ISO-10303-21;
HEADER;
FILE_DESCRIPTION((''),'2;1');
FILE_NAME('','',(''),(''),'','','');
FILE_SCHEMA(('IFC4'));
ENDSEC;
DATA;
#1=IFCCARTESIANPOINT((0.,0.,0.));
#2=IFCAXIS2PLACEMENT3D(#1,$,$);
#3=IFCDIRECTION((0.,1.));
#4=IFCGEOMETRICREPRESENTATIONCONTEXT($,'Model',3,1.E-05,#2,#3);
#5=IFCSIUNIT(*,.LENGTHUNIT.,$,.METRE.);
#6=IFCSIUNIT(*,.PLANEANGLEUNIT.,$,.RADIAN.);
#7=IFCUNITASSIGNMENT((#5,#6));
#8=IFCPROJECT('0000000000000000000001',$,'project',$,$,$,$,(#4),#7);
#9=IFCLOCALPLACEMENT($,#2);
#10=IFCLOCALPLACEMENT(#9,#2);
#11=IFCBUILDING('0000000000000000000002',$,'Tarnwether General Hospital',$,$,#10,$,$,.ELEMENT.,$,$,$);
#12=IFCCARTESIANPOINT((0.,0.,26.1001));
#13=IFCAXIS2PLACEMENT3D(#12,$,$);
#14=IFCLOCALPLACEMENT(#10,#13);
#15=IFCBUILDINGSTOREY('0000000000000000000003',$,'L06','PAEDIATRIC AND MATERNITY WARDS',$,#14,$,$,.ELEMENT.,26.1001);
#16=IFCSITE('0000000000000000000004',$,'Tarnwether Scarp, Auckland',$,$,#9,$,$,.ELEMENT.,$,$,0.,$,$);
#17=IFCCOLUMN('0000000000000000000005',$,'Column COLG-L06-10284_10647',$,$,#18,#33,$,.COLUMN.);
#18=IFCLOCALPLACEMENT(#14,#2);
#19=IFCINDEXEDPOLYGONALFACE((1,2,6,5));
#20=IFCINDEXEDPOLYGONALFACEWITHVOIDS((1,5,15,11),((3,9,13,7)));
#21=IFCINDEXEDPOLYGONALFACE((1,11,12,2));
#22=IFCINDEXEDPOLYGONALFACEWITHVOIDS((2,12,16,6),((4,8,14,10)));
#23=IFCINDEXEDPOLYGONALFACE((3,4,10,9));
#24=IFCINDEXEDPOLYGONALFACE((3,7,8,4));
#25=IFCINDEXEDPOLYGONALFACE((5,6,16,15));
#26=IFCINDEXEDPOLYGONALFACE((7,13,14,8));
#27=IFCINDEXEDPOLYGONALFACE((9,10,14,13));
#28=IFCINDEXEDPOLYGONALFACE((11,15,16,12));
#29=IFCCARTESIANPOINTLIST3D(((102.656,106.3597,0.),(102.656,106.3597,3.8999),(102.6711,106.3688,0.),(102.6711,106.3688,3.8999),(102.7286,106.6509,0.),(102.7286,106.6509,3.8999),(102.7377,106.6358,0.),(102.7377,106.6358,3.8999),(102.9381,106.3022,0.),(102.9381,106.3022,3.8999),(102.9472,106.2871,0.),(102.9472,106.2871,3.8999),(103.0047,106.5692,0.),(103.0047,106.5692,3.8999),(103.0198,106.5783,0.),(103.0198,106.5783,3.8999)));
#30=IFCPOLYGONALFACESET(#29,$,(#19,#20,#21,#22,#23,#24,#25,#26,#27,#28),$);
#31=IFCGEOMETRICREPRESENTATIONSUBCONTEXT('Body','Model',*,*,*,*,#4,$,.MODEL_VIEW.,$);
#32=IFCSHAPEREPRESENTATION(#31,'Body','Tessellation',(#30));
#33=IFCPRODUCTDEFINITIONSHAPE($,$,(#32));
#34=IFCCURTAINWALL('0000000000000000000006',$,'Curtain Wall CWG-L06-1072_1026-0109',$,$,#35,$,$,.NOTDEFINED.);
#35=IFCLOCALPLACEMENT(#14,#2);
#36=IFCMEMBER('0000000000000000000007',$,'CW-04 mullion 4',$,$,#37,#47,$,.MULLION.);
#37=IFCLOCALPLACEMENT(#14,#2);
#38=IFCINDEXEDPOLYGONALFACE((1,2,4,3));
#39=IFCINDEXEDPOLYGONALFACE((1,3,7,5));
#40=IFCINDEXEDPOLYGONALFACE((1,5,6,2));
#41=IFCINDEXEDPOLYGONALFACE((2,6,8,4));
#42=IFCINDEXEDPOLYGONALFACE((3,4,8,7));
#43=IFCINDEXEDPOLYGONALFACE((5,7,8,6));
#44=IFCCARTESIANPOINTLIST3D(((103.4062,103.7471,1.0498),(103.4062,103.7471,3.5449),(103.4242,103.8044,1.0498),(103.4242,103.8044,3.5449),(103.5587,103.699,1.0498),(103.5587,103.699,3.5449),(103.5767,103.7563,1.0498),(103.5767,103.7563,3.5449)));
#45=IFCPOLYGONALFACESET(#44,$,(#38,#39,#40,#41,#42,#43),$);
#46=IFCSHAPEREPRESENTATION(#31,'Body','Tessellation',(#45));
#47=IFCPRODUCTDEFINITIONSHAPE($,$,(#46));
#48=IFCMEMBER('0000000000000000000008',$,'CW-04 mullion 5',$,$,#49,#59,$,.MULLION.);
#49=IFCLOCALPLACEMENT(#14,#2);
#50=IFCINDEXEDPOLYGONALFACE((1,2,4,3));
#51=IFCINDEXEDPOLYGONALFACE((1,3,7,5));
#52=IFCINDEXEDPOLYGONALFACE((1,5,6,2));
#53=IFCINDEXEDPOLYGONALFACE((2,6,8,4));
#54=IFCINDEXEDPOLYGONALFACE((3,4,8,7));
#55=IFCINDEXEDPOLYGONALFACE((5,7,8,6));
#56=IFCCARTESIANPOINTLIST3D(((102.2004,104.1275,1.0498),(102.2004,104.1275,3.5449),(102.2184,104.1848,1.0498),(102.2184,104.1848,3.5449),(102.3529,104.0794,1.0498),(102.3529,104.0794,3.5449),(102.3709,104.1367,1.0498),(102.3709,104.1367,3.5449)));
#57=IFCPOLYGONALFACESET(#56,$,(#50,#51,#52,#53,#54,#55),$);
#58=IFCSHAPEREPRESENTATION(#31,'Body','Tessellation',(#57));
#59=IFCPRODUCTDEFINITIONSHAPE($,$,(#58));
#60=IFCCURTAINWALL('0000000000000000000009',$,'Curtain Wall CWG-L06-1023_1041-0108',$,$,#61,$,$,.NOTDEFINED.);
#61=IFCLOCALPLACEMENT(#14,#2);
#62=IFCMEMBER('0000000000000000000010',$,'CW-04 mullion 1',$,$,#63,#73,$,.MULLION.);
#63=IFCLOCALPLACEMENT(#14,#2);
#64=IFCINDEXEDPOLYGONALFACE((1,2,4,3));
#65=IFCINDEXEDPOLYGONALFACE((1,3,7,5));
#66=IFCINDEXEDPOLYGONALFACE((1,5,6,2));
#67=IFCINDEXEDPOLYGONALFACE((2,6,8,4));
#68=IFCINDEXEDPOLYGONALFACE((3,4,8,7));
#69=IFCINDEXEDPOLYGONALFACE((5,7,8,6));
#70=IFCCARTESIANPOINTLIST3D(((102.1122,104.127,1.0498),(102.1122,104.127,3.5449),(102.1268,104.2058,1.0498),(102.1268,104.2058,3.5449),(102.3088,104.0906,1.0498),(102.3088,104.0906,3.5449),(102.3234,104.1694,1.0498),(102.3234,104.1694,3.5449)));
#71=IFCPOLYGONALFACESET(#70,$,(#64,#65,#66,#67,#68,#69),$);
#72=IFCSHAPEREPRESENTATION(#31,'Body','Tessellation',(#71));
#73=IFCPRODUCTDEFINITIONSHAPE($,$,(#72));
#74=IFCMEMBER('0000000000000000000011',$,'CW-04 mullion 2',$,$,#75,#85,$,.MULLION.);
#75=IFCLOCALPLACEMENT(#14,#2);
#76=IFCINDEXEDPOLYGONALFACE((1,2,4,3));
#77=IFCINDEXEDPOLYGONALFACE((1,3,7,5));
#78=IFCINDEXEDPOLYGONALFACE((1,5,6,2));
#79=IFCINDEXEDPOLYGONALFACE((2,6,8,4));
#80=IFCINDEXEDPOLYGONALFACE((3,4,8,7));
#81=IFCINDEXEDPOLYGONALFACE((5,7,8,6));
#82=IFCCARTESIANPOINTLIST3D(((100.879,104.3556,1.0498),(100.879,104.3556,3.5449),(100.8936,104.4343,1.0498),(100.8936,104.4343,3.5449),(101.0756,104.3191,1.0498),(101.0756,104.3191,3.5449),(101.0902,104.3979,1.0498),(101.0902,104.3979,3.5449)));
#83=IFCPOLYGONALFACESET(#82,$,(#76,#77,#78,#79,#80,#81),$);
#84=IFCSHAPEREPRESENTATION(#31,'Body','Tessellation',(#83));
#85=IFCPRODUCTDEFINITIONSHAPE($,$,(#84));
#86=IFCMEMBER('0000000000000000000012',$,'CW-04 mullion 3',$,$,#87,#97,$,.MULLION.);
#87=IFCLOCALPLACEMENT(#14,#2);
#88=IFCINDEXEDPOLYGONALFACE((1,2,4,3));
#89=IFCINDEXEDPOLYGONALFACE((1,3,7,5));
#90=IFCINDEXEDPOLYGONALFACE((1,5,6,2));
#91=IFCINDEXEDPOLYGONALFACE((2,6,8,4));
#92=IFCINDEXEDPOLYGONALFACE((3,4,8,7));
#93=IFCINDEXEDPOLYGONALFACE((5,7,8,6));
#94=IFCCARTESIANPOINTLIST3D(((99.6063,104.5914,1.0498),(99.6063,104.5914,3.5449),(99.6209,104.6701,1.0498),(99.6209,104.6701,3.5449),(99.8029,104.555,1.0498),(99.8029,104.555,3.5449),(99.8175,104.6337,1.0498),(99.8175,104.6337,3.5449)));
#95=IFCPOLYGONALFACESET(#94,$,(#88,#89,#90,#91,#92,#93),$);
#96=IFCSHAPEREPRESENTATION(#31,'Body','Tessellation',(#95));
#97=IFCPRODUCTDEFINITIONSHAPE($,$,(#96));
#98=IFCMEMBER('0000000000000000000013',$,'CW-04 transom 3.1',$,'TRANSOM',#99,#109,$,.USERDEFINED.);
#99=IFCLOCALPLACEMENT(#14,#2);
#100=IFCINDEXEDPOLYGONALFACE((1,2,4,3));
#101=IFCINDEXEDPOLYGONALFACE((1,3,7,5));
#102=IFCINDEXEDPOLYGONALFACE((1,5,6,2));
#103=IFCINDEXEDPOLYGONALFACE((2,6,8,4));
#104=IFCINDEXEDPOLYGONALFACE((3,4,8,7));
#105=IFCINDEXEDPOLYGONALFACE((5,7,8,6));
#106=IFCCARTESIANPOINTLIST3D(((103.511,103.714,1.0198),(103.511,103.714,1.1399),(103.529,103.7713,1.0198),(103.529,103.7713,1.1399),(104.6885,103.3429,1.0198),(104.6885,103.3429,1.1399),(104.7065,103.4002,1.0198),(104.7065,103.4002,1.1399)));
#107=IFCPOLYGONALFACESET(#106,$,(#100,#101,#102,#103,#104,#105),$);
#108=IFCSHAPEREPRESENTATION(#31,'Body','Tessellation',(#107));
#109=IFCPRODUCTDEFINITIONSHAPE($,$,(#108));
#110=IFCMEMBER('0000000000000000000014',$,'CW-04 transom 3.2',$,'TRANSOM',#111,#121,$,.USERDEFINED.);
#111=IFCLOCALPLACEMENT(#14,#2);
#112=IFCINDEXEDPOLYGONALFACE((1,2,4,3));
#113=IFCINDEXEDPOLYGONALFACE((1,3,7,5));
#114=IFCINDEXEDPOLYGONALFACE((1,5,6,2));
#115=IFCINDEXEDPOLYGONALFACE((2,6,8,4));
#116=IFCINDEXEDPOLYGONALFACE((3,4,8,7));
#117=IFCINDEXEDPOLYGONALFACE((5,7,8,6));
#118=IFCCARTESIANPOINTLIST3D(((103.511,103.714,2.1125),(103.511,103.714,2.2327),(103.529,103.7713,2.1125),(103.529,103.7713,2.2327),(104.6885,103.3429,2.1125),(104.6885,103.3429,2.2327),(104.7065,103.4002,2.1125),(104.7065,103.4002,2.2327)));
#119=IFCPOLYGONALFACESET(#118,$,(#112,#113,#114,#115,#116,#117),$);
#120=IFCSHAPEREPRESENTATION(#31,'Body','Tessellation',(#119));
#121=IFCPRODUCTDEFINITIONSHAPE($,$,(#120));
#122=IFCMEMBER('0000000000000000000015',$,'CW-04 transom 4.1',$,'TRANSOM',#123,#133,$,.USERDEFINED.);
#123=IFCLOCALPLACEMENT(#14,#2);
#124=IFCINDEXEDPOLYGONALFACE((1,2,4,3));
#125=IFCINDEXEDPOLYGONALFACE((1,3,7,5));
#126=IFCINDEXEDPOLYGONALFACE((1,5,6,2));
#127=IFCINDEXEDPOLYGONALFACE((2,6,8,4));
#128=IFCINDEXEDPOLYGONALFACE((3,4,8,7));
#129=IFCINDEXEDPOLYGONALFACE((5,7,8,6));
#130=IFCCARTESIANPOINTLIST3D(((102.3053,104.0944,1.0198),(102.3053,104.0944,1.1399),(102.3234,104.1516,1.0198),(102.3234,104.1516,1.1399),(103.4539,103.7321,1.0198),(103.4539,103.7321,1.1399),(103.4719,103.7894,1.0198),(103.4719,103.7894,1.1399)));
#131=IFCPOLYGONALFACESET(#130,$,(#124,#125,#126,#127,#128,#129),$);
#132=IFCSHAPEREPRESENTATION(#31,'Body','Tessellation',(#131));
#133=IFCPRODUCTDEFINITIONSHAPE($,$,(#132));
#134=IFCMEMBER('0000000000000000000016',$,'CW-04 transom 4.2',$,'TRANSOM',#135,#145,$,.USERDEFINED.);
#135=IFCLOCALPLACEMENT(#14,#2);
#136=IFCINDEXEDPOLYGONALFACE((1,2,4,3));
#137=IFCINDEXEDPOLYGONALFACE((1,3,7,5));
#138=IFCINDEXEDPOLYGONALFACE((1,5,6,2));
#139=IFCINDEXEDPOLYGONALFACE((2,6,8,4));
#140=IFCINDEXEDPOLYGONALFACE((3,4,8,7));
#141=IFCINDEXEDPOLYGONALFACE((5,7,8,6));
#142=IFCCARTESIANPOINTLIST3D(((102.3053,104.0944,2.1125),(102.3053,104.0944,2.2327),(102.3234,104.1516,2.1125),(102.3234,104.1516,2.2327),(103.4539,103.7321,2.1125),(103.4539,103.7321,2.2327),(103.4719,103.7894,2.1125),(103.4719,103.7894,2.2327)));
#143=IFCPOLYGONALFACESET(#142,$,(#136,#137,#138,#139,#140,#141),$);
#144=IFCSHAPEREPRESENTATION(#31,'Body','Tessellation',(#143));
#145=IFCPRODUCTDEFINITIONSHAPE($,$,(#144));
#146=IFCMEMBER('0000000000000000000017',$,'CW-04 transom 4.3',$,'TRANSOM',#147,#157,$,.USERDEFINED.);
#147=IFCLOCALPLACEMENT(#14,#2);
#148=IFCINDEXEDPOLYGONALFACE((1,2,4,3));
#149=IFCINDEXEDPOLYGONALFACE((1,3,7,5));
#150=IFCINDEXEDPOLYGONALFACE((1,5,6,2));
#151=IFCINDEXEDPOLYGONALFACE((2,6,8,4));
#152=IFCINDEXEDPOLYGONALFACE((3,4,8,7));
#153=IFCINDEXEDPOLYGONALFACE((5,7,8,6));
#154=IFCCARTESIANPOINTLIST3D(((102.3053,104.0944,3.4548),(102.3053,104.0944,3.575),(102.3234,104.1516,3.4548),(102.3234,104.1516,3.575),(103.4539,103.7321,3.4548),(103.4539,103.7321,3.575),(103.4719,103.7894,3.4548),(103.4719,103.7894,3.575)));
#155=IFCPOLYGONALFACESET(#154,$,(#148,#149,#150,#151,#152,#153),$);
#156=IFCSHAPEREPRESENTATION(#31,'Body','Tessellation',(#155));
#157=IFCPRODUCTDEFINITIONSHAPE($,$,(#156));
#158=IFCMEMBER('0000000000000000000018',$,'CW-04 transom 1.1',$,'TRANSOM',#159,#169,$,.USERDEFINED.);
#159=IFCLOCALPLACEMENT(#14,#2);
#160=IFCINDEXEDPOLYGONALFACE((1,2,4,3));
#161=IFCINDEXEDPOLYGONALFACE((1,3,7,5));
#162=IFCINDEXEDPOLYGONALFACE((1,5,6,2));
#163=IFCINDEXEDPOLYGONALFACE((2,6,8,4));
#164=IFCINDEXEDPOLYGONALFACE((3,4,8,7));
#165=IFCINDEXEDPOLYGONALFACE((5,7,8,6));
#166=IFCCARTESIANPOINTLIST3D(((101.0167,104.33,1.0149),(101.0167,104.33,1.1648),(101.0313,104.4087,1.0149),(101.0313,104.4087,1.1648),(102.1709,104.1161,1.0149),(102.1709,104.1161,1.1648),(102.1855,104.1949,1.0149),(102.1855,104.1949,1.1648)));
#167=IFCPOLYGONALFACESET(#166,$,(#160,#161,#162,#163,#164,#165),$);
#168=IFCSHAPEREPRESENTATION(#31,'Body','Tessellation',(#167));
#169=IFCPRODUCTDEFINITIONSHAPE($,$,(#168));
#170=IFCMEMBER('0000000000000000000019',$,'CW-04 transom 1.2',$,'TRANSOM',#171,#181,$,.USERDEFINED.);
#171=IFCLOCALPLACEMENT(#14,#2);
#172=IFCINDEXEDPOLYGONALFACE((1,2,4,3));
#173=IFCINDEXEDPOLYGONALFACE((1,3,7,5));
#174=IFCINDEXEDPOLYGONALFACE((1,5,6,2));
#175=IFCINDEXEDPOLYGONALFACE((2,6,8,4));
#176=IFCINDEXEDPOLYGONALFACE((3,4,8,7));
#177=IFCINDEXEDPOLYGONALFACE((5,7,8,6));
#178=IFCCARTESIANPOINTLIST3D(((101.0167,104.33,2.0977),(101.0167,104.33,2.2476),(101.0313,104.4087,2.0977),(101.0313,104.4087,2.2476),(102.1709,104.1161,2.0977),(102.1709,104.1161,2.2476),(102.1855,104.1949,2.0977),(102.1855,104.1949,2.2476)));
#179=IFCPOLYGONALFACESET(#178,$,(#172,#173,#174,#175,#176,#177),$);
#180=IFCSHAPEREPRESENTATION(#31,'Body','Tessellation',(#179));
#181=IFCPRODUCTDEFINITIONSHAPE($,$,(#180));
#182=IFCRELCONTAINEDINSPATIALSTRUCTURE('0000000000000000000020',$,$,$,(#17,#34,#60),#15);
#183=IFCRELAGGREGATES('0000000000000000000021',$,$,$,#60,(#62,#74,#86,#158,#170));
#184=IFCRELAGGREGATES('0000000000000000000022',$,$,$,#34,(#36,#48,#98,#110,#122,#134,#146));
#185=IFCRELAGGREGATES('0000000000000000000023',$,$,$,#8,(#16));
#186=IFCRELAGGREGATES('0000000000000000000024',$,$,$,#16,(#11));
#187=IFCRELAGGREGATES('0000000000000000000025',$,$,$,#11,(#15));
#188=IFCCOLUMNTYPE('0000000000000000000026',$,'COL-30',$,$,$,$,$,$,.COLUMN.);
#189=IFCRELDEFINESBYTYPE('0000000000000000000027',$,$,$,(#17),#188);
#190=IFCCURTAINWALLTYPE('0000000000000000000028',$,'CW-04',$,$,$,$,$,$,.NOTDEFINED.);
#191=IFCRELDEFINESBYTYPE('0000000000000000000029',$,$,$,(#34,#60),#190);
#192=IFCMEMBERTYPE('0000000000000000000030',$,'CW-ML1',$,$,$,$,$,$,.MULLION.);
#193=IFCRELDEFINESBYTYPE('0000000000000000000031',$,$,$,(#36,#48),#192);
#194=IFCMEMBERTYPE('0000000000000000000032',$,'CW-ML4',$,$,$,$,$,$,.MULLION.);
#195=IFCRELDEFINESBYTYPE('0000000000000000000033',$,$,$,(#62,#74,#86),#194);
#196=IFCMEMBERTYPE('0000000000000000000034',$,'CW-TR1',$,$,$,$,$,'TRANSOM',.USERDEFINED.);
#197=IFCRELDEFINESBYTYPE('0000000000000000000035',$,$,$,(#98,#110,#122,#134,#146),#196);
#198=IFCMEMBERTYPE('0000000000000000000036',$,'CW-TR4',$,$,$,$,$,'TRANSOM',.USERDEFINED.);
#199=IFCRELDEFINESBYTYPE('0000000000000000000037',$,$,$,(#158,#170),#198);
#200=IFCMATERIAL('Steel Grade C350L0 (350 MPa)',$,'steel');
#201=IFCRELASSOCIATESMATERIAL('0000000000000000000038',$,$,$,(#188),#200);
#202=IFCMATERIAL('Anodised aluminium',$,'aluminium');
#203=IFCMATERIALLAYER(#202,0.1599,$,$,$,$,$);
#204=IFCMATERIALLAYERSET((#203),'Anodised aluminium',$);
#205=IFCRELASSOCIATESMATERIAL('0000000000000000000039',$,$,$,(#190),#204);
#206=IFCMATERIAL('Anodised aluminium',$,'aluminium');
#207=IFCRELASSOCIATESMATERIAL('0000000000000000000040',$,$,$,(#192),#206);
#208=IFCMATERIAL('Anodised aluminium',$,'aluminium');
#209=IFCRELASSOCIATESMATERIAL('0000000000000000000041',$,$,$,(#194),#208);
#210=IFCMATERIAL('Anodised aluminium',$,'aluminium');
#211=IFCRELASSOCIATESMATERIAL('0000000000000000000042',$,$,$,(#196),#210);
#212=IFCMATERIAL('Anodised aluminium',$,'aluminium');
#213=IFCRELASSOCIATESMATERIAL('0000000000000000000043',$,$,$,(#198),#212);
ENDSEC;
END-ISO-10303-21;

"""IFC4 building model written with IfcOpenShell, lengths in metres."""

from ifc_helpers import new_model, si_unit, direction, frame, origin, origin_2d, place, context, subcontext, project, spatial, rectangle, hollow_rectangle, extrude, material, layer, layer_set, material_profile, profile_set, type_object, element, aggregate, save


model = new_model("IFC4")

# Units and contexts
model_context = context("Model", 3, precision=1e-05, world=origin(), true_north=direction((0.0, 1.0)))
body_context = subcontext(model_context, "Body", "Model", "MODEL_VIEW")
ifc_project = project(units=[si_unit("LENGTHUNIT", "METRE"), si_unit("PLANEANGLEUNIT", "RADIAN")], contexts=[model_context])

# Site, building, storey
site_placement = place(None, origin())
site = spatial("IfcSite", under=ifc_project, at=site_placement, Name="Tarnwether Scarp, Auckland", CompositionType="ELEMENT", RefElevation=0.0)
building_placement = place(site_placement, origin())
building = spatial("IfcBuilding", under=site, at=building_placement, Name="Tarnwether General Hospital", CompositionType="ELEMENT")
storey_placement = place(building_placement, frame((0.0, 0.0, 26.1001)))
storey = spatial("IfcBuildingStorey", under=building, at=storey_placement, Name="L06", Description="PAEDIATRIC AND MATERNITY WARDS", CompositionType="ELEMENT", Elevation=26.1001)

# Column
ifc_material_1 = material(Name="Steel Grade C350L0 (350 MPa)", Category="steel")
ifc_material_profile_1 = material_profile(ifc_material_1, hollow_rectangle(XDim=0.3, YDim=0.3, WallThickness=0.0125, at=origin_2d()), Name="SHS300x300x12.5")
ifc_profile_set_1 = profile_set([ifc_material_profile_1], Name="Steel Grade C350L0 (350 MPa)")
column_type = type_object("IfcColumnType", Name="COL-30", PredefinedType="COLUMN", material=ifc_profile_set_1)
column_placement = place(storey_placement, frame((102.8379, 106.469, 0.0), z_axis=(0.0, 0.0, 1.0), x_axis=(0.241922, 0.970296, 0.0)))
element("IfcColumn", 1, at=column_placement, inside=storey, type_object=column_type, Name="Column COLG-L06-10284_10647", PredefinedType="COLUMN", context=body_context, shape_type="SweptSolid", body=[
    extrude(hollow_rectangle(XDim=0.3, YDim=0.3, WallThickness=0.0125, at=origin_2d()), origin(), (0.0, 0.0, 1.0), 3.8999),
])

# Curtain walls, members
ifc_material_2 = material(Name="Anodised aluminium", Category="aluminium")
ifc_layer_1 = layer(ifc_material_2, 0.1599)
ifc_layer_set_1 = layer_set([ifc_layer_1], Name="Anodised aluminium")
curtain_wall_type = type_object("IfcCurtainWallType", Name="CW-04", PredefinedType="NOTDEFINED", material=ifc_layer_set_1)
curtain_wall_1_placement = place(storey_placement, origin())
curtain_wall_1 = element("IfcCurtainWall", 2, at=curtain_wall_1_placement, inside=storey, type_object=curtain_wall_type, Name="Curtain Wall CWG-L06-1072_1026-0109", PredefinedType="NOTDEFINED")
ifc_material_3 = material(Name="Anodised aluminium", Category="aluminium")
ifc_material_profile_2 = material_profile(ifc_material_3, rectangle(XDim=0.0601, YDim=0.1599, at=origin_2d()), Name="ALU-MUL-60x160")
ifc_profile_set_2 = profile_set([ifc_material_profile_2], Name="Anodised aluminium")
member_type_1 = type_object("IfcMemberType", Name="CW-ML1", PredefinedType="MULLION", material=ifc_profile_set_2)
member_1_placement = place(storey_placement, frame((103.4915, 103.7517, 1.0498), z_axis=(0.0, 0.0, 1.0), x_axis=(-0.300715, -0.953714, 0.0)))
member_1 = element("IfcMember", 3, at=member_1_placement, type_object=member_type_1, Name="CW-04 mullion 4", PredefinedType="MULLION", context=body_context, shape_type="SweptSolid", body=[
    extrude(rectangle(XDim=0.0601, YDim=0.1599, at=origin_2d()), origin(), (0.0, 0.0, 1.0), 2.4951),
])
member_2_placement = place(storey_placement, frame((102.2856, 104.1321, 1.0498), z_axis=(0.0, 0.0, 1.0), x_axis=(-0.300715, -0.953714, 0.0)))
member_2 = element("IfcMember", 4, at=member_2_placement, type_object=member_type_1, Name="CW-04 mullion 5", PredefinedType="MULLION", context=body_context, shape_type="SweptSolid", body=[
    extrude(rectangle(XDim=0.0601, YDim=0.1599, at=origin_2d()), origin(), (0.0, 0.0, 1.0), 2.4951),
])
curtain_wall_2_placement = place(storey_placement, origin())
curtain_wall_2 = element("IfcCurtainWall", 5, at=curtain_wall_2_placement, inside=storey, type_object=curtain_wall_type, Name="Curtain Wall CWG-L06-1023_1041-0108", PredefinedType="NOTDEFINED")
ifc_material_4 = material(Name="Anodised aluminium", Category="aluminium")
ifc_material_profile_3 = material_profile(ifc_material_4, rectangle(XDim=0.0801, YDim=0.2, at=origin_2d()), Name="ALU-MUL-80x200")
ifc_profile_set_3 = profile_set([ifc_material_profile_3], Name="Anodised aluminium")
member_type_2 = type_object("IfcMemberType", Name="CW-ML4", PredefinedType="MULLION", material=ifc_profile_set_3)
member_3_placement = place(storey_placement, frame((102.2178, 104.1482, 1.0498), z_axis=(0.0, 0.0, 1.0), x_axis=(-0.182165, -0.983268, 0.0)))
member_3 = element("IfcMember", 6, at=member_3_placement, type_object=member_type_2, Name="CW-04 mullion 1", PredefinedType="MULLION", context=body_context, shape_type="SweptSolid", body=[
    extrude(rectangle(XDim=0.0801, YDim=0.2, at=origin_2d()), origin(), (0.0, 0.0, 1.0), 2.4951),
])
member_4_placement = place(storey_placement, frame((100.9846, 104.3767, 1.0498), z_axis=(0.0, 0.0, 1.0), x_axis=(-0.182165, -0.983268, 0.0)))
member_4 = element("IfcMember", 7, at=member_4_placement, type_object=member_type_2, Name="CW-04 mullion 2", PredefinedType="MULLION", context=body_context, shape_type="SweptSolid", body=[
    extrude(rectangle(XDim=0.0801, YDim=0.2, at=origin_2d()), origin(), (0.0, 0.0, 1.0), 2.4951),
])
member_5_placement = place(storey_placement, frame((99.7119, 104.6125, 1.0498), z_axis=(0.0, 0.0, 1.0), x_axis=(-0.182165, -0.983268, 0.0)))
member_5 = element("IfcMember", 8, at=member_5_placement, type_object=member_type_2, Name="CW-04 mullion 3", PredefinedType="MULLION", context=body_context, shape_type="SweptSolid", body=[
    extrude(rectangle(XDim=0.0801, YDim=0.2, at=origin_2d()), origin(), (0.0, 0.0, 1.0), 2.4951),
])

# Members
ifc_material_5 = material(Name="Anodised aluminium", Category="aluminium")
ifc_material_profile_4 = material_profile(ifc_material_5, rectangle(XDim=0.0601, YDim=0.1201, at=origin_2d()), Name="ALU-TRN-60x120")
ifc_profile_set_4 = profile_set([ifc_material_profile_4], Name="Anodised aluminium")
member_type_3 = type_object("IfcMemberType", Name="CW-TR1", ElementType="TRANSOM", PredefinedType="USERDEFINED", material=ifc_profile_set_4)
member_6_placement = place(storey_placement, frame((104.6975, 103.3716, 1.0798), z_axis=(-0.953756, 0.300582, 0.0), x_axis=(-0.300582, -0.953756, 0.0)))
member_6 = element("IfcMember", 9, at=member_6_placement, type_object=member_type_3, Name="CW-04 transom 3.1", ObjectType="TRANSOM", PredefinedType="USERDEFINED", context=body_context, shape_type="SweptSolid", body=[
    extrude(rectangle(XDim=0.0601, YDim=0.1201, at=origin_2d()), origin(), (0.0, 0.0, 1.0), 1.2346),
])
member_7_placement = place(storey_placement, frame((104.6975, 103.3716, 2.1726), z_axis=(-0.953756, 0.300582, 0.0), x_axis=(-0.300582, -0.953756, 0.0)))
member_7 = element("IfcMember", 10, at=member_7_placement, type_object=member_type_3, Name="CW-04 transom 3.2", ObjectType="TRANSOM", PredefinedType="USERDEFINED", context=body_context, shape_type="SweptSolid", body=[
    extrude(rectangle(XDim=0.0601, YDim=0.1201, at=origin_2d()), origin(), (0.0, 0.0, 1.0), 1.2346),
])
member_8_placement = place(storey_placement, frame((103.4629, 103.7607, 1.0798), z_axis=(-0.953687, 0.300802, 0.0), x_axis=(-0.300802, -0.953687, 0.0)))
member_8 = element("IfcMember", 11, at=member_8_placement, type_object=member_type_3, Name="CW-04 transom 4.1", ObjectType="TRANSOM", PredefinedType="USERDEFINED", context=body_context, shape_type="SweptSolid", body=[
    extrude(rectangle(XDim=0.0601, YDim=0.1201, at=origin_2d()), origin(), (0.0, 0.0, 1.0), 1.2043),
])
member_9_placement = place(storey_placement, frame((103.4629, 103.7607, 2.1726), z_axis=(-0.953687, 0.300802, 0.0), x_axis=(-0.300802, -0.953687, 0.0)))
member_9 = element("IfcMember", 12, at=member_9_placement, type_object=member_type_3, Name="CW-04 transom 4.2", ObjectType="TRANSOM", PredefinedType="USERDEFINED", context=body_context, shape_type="SweptSolid", body=[
    extrude(rectangle(XDim=0.0601, YDim=0.1201, at=origin_2d()), origin(), (0.0, 0.0, 1.0), 1.2043),
])
member_10_placement = place(storey_placement, frame((103.4629, 103.7607, 3.5149), z_axis=(-0.953687, 0.300802, 0.0), x_axis=(-0.300802, -0.953687, 0.0)))
member_10 = element("IfcMember", 13, at=member_10_placement, type_object=member_type_3, Name="CW-04 transom 4.3", ObjectType="TRANSOM", PredefinedType="USERDEFINED", context=body_context, shape_type="SweptSolid", body=[
    extrude(rectangle(XDim=0.0601, YDim=0.1201, at=origin_2d()), origin(), (0.0, 0.0, 1.0), 1.2043),
])
ifc_material_6 = material(Name="Anodised aluminium", Category="aluminium")
ifc_material_profile_5 = material_profile(ifc_material_6, rectangle(XDim=0.0801, YDim=0.1499, at=origin_2d()), Name="ALU-TRN-80x150")
ifc_profile_set_5 = profile_set([ifc_material_profile_5], Name="Anodised aluminium")
member_type_4 = type_object("IfcMemberType", Name="CW-TR4", ElementType="TRANSOM", PredefinedType="USERDEFINED", material=ifc_profile_set_5)
member_11_placement = place(storey_placement, frame((102.1782, 104.1555, 1.0898), z_axis=(-0.983265, 0.182179, 0.0), x_axis=(-0.182179, -0.983265, 0.0)))
member_11 = element("IfcMember", 14, at=member_11_placement, type_object=member_type_4, Name="CW-04 transom 1.1", ObjectType="TRANSOM", PredefinedType="USERDEFINED", context=body_context, shape_type="SweptSolid", body=[
    extrude(rectangle(XDim=0.0801, YDim=0.1499, at=origin_2d()), origin(), (0.0, 0.0, 1.0), 1.1738),
])
member_12_placement = place(storey_placement, frame((102.1782, 104.1555, 2.1726), z_axis=(-0.983265, 0.182179, 0.0), x_axis=(-0.182179, -0.983265, 0.0)))
member_12 = element("IfcMember", 15, at=member_12_placement, type_object=member_type_4, Name="CW-04 transom 1.2", ObjectType="TRANSOM", PredefinedType="USERDEFINED", context=body_context, shape_type="SweptSolid", body=[
    extrude(rectangle(XDim=0.0801, YDim=0.1499, at=origin_2d()), origin(), (0.0, 0.0, 1.0), 1.1738),
])

aggregate(curtain_wall_2, [member_3, member_4, member_5, member_11, member_12])
aggregate(curtain_wall_1, [member_1, member_2, member_6, member_7, member_8, member_9, member_10])

save(model, "model.ifc")
